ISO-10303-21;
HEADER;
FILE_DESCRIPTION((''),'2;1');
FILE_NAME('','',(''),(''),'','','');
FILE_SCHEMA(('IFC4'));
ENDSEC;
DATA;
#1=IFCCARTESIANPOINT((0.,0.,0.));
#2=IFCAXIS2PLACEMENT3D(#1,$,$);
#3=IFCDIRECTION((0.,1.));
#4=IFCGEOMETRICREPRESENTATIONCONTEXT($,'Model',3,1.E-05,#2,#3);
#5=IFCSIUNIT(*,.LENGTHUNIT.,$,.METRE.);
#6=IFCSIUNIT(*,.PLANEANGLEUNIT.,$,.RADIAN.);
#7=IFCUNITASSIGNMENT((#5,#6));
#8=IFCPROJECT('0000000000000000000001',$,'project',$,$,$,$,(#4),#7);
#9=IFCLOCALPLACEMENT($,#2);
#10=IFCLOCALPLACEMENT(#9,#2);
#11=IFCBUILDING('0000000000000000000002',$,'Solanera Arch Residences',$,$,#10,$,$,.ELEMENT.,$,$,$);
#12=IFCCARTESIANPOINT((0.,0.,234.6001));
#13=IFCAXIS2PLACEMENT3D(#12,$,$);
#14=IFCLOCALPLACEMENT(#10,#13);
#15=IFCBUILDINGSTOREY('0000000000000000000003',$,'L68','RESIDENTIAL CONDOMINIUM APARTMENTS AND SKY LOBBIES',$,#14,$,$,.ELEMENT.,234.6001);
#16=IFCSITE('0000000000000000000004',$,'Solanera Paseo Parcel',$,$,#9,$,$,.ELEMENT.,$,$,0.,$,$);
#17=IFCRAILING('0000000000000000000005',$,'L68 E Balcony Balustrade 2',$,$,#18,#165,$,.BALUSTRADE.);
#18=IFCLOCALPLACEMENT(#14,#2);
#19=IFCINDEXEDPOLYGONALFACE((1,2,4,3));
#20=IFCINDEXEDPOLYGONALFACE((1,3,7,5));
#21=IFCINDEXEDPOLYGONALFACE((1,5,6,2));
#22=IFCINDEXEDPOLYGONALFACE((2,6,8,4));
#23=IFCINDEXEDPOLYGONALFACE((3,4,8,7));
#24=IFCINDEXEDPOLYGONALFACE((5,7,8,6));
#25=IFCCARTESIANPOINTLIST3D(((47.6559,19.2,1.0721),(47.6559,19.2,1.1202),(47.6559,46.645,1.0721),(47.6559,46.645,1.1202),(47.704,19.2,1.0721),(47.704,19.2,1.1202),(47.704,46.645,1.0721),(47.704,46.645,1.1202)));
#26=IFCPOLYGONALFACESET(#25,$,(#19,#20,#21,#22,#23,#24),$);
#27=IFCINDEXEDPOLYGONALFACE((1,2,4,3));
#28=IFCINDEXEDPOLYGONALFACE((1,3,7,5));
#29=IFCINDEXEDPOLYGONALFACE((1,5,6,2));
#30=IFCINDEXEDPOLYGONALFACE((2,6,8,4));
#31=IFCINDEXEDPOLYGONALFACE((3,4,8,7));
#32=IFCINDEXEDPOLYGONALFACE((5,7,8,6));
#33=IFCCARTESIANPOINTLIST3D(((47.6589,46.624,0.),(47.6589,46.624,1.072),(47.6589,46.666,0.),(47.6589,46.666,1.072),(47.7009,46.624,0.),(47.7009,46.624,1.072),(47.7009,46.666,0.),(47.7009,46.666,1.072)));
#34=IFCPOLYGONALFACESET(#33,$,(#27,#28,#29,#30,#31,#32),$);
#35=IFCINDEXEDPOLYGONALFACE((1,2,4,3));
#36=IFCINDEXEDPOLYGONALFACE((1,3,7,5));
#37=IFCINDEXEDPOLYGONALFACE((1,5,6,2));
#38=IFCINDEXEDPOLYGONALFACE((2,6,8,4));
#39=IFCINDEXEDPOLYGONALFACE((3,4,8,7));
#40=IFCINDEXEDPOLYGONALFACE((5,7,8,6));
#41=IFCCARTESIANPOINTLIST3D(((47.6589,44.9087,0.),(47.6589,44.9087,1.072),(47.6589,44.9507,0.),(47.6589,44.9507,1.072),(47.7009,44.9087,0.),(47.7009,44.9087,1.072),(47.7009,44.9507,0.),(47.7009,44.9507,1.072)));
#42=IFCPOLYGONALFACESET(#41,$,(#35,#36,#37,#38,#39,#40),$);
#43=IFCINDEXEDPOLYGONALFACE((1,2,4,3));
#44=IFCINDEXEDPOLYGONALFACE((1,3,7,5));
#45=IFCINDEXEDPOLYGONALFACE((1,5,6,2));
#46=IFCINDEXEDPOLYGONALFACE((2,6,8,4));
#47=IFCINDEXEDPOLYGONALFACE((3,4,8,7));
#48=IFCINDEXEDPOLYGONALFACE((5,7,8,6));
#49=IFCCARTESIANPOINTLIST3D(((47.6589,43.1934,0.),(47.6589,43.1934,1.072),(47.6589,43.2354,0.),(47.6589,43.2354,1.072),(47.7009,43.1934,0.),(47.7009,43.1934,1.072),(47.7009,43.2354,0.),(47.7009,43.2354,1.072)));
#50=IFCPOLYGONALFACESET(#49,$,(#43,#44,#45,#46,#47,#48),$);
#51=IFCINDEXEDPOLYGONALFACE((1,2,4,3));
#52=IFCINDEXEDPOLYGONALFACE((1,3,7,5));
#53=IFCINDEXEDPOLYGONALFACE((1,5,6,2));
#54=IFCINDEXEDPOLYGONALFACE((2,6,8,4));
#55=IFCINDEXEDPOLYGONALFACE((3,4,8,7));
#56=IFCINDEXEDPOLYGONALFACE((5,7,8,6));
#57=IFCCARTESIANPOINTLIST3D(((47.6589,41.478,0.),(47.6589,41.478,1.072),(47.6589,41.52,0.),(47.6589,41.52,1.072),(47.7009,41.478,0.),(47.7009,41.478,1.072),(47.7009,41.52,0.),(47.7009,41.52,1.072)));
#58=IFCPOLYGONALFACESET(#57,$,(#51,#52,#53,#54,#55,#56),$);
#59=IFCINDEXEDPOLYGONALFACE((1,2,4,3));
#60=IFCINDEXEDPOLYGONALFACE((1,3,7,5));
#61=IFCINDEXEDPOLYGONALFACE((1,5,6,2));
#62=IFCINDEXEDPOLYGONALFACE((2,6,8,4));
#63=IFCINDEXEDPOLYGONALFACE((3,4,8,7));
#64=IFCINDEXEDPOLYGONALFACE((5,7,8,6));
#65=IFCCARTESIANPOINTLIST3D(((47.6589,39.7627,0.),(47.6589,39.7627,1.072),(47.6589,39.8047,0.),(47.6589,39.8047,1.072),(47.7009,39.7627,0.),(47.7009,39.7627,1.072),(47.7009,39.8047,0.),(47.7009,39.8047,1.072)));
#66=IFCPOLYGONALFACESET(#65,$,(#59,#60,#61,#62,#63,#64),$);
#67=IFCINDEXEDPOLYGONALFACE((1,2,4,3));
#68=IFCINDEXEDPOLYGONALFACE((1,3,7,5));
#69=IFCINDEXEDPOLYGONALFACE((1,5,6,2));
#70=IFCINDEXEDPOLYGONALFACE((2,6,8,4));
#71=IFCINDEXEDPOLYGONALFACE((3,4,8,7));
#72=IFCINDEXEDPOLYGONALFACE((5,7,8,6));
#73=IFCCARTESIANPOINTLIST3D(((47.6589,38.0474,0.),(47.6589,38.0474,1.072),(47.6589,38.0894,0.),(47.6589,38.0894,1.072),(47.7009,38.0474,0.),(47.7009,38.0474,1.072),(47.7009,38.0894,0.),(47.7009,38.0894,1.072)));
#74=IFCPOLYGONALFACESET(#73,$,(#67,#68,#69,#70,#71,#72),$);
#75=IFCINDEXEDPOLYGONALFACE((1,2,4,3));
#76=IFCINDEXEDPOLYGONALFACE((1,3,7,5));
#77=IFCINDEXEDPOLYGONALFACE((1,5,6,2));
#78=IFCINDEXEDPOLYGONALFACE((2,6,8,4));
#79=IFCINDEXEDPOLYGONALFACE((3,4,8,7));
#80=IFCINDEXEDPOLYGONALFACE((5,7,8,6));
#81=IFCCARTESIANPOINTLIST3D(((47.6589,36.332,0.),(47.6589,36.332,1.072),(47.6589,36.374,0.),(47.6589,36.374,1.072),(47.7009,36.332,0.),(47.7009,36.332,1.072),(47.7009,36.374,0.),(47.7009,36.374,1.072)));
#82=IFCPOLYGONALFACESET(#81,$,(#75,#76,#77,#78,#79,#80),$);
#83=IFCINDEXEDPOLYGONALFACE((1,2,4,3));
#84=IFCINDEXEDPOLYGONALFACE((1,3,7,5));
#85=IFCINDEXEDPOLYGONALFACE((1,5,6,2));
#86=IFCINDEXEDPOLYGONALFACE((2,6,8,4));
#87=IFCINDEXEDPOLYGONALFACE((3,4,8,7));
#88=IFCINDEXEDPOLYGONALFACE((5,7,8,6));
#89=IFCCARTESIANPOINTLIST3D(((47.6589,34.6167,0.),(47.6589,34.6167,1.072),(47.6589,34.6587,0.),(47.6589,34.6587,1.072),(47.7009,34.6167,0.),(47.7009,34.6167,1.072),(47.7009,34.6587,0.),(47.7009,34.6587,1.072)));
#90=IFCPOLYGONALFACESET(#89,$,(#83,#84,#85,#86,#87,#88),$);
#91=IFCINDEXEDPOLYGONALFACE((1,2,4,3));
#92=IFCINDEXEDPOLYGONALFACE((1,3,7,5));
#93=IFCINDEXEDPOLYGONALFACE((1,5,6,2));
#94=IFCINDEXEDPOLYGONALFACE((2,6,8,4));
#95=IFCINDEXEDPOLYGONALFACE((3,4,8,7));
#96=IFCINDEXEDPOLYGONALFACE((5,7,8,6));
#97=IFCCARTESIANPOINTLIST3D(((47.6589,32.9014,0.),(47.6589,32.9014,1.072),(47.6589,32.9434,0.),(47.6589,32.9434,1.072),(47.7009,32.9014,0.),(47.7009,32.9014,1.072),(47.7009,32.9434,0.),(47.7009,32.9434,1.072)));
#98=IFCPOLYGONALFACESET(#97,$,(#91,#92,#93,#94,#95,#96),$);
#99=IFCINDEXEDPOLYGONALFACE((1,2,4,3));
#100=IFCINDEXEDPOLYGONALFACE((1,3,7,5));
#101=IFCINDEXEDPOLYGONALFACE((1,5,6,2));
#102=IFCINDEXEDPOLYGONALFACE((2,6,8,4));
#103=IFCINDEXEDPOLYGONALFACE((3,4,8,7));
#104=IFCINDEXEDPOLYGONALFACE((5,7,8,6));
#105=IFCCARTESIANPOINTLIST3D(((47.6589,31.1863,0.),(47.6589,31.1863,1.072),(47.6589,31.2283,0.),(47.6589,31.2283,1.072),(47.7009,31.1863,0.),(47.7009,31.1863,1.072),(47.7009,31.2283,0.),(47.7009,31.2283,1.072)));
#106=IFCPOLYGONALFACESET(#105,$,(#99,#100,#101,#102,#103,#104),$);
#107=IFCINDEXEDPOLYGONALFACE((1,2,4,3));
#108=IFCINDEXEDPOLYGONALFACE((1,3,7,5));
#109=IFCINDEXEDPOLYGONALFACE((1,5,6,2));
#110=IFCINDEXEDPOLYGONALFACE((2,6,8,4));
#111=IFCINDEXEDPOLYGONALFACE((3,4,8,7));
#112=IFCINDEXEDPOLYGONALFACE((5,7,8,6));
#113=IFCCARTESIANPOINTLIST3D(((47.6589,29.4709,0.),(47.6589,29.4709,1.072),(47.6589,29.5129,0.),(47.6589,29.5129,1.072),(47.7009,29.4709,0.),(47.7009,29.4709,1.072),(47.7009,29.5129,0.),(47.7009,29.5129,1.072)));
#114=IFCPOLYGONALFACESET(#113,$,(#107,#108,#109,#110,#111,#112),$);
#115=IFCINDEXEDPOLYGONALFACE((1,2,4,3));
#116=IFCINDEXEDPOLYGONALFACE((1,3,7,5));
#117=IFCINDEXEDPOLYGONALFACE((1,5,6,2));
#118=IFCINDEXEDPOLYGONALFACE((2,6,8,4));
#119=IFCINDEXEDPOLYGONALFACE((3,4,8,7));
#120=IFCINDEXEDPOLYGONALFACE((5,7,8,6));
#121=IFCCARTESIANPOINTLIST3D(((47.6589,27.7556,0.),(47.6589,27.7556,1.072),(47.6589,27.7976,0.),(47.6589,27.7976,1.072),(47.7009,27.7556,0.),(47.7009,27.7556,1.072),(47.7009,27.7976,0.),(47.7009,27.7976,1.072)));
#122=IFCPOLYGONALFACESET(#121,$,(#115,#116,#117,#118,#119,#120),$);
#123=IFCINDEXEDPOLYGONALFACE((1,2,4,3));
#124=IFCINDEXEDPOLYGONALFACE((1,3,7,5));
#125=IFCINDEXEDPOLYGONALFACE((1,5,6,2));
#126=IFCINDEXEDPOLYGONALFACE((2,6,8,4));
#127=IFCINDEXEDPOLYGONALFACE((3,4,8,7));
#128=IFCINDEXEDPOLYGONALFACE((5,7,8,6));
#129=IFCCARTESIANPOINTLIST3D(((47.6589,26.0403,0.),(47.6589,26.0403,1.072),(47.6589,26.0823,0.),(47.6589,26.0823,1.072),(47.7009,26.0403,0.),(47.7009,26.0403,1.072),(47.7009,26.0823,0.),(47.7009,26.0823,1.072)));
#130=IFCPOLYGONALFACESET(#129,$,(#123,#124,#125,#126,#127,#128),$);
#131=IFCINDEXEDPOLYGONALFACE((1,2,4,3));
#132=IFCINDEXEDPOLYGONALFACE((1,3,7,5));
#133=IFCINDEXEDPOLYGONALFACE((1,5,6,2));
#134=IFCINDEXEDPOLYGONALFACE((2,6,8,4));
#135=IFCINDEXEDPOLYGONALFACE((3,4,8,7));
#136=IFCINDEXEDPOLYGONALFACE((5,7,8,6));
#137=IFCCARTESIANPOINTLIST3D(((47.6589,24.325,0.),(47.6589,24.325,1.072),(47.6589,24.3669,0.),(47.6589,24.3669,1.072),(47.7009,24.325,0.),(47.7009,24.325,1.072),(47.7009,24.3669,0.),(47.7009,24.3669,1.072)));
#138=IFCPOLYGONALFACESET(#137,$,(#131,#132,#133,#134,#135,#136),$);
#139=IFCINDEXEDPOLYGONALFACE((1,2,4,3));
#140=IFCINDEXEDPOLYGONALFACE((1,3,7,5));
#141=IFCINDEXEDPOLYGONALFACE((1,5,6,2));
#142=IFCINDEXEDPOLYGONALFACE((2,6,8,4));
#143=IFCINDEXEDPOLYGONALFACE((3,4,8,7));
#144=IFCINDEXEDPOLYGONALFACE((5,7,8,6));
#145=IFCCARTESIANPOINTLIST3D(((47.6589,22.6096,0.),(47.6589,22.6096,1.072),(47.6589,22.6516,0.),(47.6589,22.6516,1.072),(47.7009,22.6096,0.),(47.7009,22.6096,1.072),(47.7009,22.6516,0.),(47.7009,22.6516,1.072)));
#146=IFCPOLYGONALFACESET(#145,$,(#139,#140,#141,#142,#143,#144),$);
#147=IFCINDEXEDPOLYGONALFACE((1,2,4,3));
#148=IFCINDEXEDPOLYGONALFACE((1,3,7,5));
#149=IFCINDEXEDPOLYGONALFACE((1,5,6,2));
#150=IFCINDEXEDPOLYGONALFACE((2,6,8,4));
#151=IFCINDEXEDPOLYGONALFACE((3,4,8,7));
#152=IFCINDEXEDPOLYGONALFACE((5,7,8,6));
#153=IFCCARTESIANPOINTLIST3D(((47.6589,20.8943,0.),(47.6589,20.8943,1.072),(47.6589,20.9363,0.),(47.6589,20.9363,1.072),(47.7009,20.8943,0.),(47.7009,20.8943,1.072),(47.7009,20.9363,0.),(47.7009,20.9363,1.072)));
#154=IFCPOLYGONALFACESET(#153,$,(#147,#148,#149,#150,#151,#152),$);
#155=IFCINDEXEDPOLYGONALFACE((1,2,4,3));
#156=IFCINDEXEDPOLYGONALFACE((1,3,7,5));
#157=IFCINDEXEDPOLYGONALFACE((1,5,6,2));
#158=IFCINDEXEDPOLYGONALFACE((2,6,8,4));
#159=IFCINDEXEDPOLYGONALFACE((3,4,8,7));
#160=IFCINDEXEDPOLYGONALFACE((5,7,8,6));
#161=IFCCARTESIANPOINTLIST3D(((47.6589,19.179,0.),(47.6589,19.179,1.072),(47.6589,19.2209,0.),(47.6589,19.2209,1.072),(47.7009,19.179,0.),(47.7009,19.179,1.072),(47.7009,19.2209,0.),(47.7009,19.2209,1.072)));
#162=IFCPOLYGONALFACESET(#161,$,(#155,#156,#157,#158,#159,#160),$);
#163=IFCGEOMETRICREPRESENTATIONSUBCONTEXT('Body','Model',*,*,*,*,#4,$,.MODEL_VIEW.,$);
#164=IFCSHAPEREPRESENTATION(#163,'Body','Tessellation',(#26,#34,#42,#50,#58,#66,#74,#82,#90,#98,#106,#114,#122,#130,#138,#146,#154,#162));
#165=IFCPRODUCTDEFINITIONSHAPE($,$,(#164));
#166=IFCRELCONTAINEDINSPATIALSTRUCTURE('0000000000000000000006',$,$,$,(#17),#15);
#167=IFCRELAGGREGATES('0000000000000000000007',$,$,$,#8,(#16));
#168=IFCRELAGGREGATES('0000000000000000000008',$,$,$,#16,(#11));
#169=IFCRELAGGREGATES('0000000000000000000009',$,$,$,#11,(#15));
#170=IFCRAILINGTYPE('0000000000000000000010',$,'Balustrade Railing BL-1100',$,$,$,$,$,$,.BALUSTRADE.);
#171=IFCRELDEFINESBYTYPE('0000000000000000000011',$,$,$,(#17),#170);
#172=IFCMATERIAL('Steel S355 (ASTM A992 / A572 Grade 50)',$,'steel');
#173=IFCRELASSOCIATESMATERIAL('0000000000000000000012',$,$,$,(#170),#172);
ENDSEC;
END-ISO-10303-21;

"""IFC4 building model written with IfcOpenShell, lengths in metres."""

from ifc_helpers import new_model, si_unit, direction, frame, origin, origin_2d, place, context, subcontext, project, spatial, rectangle, extrude, material, type_object, element, save


model = new_model("IFC4")

# Units and contexts
model_context = context("Model", 3, precision=1e-05, world=origin(), true_north=direction((0.0, 1.0)))
body_context = subcontext(model_context, "Body", "Model", "MODEL_VIEW")
ifc_project = project(units=[si_unit("LENGTHUNIT", "METRE"), si_unit("PLANEANGLEUNIT", "RADIAN")], contexts=[model_context])

# Site, building, storey
site_placement = place(None, origin())
site = spatial("IfcSite", under=ifc_project, at=site_placement, Name="Solanera Paseo Parcel", CompositionType="ELEMENT", RefElevation=0.0)
building_placement = place(site_placement, origin())
building = spatial("IfcBuilding", under=site, at=building_placement, Name="Solanera Arch Residences", CompositionType="ELEMENT")
storey_placement = place(building_placement, frame((0.0, 0.0, 234.6001)))
storey = spatial("IfcBuildingStorey", under=building, at=storey_placement, Name="L68", Description="RESIDENTIAL CONDOMINIUM APARTMENTS AND SKY LOBBIES", CompositionType="ELEMENT", Elevation=234.6001)

# Railing
ifc_material_1 = material(Name="Steel S355 (ASTM A992 / A572 Grade 50)", Category="steel")
railing_type = type_object("IfcRailingType", Name="Balustrade Railing BL-1100", PredefinedType="BALUSTRADE", material=ifc_material_1)
railing_1_placement = place(storey_placement, frame((47.6799, 46.645, 0.0)))
element("IfcRailing", 1, at=railing_1_placement, inside=storey, type_object=railing_type, Name="L68 E Balcony Balustrade 2", PredefinedType="BALUSTRADE", context=body_context, shape_type="SweptSolid", body=[
    extrude(rectangle(XDim=0.0481, YDim=0.0481, at=origin_2d()), frame((0.0, 0.0, 1.0962), z_axis=(0.0, -1.0, 0.0), x_axis=(1.0, 0.0, 0.0)), (0.0, 0.0, 1.0), 27.4451),
    extrude(rectangle(XDim=0.042, YDim=0.042, at=origin_2d()), origin(), (0.0, 0.0, 1.0), 1.072),
    extrude(rectangle(XDim=0.042, YDim=0.042, at=origin_2d()), frame((0.0, -1.7153, 0.0)), (0.0, 0.0, 1.0), 1.072),
    extrude(rectangle(XDim=0.042, YDim=0.042, at=origin_2d()), frame((0.0, -3.4307, 0.0)), (0.0, 0.0, 1.0), 1.072),
    extrude(rectangle(XDim=0.042, YDim=0.042, at=origin_2d()), frame((0.0, -5.146, 0.0)), (0.0, 0.0, 1.0), 1.072),
    extrude(rectangle(XDim=0.042, YDim=0.042, at=origin_2d()), frame((0.0, -6.8613, 0.0)), (0.0, 0.0, 1.0), 1.072),
    extrude(rectangle(XDim=0.042, YDim=0.042, at=origin_2d()), frame((0.0, -8.5767, 0.0)), (0.0, 0.0, 1.0), 1.072),
    extrude(rectangle(XDim=0.042, YDim=0.042, at=origin_2d()), frame((0.0, -10.292, 0.0)), (0.0, 0.0, 1.0), 1.072),
    extrude(rectangle(XDim=0.042, YDim=0.042, at=origin_2d()), frame((0.0, -12.0073, 0.0)), (0.0, 0.0, 1.0), 1.072),
    extrude(rectangle(XDim=0.042, YDim=0.042, at=origin_2d()), frame((0.0, -13.7227, 0.0)), (0.0, 0.0, 1.0), 1.072),
    extrude(rectangle(XDim=0.042, YDim=0.042, at=origin_2d()), frame((0.0, -15.4377, 0.0)), (0.0, 0.0, 1.0), 1.072),
    extrude(rectangle(XDim=0.042, YDim=0.042, at=origin_2d()), frame((0.0, -17.1531, 0.0)), (0.0, 0.0, 1.0), 1.072),
    extrude(rectangle(XDim=0.042, YDim=0.042, at=origin_2d()), frame((0.0, -18.8684, 0.0)), (0.0, 0.0, 1.0), 1.072),
    extrude(rectangle(XDim=0.042, YDim=0.042, at=origin_2d()), frame((0.0, -20.5837, 0.0)), (0.0, 0.0, 1.0), 1.072),
    extrude(rectangle(XDim=0.042, YDim=0.042, at=origin_2d()), frame((0.0, -22.2991, 0.0)), (0.0, 0.0, 1.0), 1.072),
    extrude(rectangle(XDim=0.042, YDim=0.042, at=origin_2d()), frame((0.0, -24.0144, 0.0)), (0.0, 0.0, 1.0), 1.072),
    extrude(rectangle(XDim=0.042, YDim=0.042, at=origin_2d()), frame((0.0, -25.7297, 0.0)), (0.0, 0.0, 1.0), 1.072),
    extrude(rectangle(XDim=0.042, YDim=0.042, at=origin_2d()), frame((0.0, -27.4451, 0.0)), (0.0, 0.0, 1.0), 1.072),
])

save(model, "model.ifc")
